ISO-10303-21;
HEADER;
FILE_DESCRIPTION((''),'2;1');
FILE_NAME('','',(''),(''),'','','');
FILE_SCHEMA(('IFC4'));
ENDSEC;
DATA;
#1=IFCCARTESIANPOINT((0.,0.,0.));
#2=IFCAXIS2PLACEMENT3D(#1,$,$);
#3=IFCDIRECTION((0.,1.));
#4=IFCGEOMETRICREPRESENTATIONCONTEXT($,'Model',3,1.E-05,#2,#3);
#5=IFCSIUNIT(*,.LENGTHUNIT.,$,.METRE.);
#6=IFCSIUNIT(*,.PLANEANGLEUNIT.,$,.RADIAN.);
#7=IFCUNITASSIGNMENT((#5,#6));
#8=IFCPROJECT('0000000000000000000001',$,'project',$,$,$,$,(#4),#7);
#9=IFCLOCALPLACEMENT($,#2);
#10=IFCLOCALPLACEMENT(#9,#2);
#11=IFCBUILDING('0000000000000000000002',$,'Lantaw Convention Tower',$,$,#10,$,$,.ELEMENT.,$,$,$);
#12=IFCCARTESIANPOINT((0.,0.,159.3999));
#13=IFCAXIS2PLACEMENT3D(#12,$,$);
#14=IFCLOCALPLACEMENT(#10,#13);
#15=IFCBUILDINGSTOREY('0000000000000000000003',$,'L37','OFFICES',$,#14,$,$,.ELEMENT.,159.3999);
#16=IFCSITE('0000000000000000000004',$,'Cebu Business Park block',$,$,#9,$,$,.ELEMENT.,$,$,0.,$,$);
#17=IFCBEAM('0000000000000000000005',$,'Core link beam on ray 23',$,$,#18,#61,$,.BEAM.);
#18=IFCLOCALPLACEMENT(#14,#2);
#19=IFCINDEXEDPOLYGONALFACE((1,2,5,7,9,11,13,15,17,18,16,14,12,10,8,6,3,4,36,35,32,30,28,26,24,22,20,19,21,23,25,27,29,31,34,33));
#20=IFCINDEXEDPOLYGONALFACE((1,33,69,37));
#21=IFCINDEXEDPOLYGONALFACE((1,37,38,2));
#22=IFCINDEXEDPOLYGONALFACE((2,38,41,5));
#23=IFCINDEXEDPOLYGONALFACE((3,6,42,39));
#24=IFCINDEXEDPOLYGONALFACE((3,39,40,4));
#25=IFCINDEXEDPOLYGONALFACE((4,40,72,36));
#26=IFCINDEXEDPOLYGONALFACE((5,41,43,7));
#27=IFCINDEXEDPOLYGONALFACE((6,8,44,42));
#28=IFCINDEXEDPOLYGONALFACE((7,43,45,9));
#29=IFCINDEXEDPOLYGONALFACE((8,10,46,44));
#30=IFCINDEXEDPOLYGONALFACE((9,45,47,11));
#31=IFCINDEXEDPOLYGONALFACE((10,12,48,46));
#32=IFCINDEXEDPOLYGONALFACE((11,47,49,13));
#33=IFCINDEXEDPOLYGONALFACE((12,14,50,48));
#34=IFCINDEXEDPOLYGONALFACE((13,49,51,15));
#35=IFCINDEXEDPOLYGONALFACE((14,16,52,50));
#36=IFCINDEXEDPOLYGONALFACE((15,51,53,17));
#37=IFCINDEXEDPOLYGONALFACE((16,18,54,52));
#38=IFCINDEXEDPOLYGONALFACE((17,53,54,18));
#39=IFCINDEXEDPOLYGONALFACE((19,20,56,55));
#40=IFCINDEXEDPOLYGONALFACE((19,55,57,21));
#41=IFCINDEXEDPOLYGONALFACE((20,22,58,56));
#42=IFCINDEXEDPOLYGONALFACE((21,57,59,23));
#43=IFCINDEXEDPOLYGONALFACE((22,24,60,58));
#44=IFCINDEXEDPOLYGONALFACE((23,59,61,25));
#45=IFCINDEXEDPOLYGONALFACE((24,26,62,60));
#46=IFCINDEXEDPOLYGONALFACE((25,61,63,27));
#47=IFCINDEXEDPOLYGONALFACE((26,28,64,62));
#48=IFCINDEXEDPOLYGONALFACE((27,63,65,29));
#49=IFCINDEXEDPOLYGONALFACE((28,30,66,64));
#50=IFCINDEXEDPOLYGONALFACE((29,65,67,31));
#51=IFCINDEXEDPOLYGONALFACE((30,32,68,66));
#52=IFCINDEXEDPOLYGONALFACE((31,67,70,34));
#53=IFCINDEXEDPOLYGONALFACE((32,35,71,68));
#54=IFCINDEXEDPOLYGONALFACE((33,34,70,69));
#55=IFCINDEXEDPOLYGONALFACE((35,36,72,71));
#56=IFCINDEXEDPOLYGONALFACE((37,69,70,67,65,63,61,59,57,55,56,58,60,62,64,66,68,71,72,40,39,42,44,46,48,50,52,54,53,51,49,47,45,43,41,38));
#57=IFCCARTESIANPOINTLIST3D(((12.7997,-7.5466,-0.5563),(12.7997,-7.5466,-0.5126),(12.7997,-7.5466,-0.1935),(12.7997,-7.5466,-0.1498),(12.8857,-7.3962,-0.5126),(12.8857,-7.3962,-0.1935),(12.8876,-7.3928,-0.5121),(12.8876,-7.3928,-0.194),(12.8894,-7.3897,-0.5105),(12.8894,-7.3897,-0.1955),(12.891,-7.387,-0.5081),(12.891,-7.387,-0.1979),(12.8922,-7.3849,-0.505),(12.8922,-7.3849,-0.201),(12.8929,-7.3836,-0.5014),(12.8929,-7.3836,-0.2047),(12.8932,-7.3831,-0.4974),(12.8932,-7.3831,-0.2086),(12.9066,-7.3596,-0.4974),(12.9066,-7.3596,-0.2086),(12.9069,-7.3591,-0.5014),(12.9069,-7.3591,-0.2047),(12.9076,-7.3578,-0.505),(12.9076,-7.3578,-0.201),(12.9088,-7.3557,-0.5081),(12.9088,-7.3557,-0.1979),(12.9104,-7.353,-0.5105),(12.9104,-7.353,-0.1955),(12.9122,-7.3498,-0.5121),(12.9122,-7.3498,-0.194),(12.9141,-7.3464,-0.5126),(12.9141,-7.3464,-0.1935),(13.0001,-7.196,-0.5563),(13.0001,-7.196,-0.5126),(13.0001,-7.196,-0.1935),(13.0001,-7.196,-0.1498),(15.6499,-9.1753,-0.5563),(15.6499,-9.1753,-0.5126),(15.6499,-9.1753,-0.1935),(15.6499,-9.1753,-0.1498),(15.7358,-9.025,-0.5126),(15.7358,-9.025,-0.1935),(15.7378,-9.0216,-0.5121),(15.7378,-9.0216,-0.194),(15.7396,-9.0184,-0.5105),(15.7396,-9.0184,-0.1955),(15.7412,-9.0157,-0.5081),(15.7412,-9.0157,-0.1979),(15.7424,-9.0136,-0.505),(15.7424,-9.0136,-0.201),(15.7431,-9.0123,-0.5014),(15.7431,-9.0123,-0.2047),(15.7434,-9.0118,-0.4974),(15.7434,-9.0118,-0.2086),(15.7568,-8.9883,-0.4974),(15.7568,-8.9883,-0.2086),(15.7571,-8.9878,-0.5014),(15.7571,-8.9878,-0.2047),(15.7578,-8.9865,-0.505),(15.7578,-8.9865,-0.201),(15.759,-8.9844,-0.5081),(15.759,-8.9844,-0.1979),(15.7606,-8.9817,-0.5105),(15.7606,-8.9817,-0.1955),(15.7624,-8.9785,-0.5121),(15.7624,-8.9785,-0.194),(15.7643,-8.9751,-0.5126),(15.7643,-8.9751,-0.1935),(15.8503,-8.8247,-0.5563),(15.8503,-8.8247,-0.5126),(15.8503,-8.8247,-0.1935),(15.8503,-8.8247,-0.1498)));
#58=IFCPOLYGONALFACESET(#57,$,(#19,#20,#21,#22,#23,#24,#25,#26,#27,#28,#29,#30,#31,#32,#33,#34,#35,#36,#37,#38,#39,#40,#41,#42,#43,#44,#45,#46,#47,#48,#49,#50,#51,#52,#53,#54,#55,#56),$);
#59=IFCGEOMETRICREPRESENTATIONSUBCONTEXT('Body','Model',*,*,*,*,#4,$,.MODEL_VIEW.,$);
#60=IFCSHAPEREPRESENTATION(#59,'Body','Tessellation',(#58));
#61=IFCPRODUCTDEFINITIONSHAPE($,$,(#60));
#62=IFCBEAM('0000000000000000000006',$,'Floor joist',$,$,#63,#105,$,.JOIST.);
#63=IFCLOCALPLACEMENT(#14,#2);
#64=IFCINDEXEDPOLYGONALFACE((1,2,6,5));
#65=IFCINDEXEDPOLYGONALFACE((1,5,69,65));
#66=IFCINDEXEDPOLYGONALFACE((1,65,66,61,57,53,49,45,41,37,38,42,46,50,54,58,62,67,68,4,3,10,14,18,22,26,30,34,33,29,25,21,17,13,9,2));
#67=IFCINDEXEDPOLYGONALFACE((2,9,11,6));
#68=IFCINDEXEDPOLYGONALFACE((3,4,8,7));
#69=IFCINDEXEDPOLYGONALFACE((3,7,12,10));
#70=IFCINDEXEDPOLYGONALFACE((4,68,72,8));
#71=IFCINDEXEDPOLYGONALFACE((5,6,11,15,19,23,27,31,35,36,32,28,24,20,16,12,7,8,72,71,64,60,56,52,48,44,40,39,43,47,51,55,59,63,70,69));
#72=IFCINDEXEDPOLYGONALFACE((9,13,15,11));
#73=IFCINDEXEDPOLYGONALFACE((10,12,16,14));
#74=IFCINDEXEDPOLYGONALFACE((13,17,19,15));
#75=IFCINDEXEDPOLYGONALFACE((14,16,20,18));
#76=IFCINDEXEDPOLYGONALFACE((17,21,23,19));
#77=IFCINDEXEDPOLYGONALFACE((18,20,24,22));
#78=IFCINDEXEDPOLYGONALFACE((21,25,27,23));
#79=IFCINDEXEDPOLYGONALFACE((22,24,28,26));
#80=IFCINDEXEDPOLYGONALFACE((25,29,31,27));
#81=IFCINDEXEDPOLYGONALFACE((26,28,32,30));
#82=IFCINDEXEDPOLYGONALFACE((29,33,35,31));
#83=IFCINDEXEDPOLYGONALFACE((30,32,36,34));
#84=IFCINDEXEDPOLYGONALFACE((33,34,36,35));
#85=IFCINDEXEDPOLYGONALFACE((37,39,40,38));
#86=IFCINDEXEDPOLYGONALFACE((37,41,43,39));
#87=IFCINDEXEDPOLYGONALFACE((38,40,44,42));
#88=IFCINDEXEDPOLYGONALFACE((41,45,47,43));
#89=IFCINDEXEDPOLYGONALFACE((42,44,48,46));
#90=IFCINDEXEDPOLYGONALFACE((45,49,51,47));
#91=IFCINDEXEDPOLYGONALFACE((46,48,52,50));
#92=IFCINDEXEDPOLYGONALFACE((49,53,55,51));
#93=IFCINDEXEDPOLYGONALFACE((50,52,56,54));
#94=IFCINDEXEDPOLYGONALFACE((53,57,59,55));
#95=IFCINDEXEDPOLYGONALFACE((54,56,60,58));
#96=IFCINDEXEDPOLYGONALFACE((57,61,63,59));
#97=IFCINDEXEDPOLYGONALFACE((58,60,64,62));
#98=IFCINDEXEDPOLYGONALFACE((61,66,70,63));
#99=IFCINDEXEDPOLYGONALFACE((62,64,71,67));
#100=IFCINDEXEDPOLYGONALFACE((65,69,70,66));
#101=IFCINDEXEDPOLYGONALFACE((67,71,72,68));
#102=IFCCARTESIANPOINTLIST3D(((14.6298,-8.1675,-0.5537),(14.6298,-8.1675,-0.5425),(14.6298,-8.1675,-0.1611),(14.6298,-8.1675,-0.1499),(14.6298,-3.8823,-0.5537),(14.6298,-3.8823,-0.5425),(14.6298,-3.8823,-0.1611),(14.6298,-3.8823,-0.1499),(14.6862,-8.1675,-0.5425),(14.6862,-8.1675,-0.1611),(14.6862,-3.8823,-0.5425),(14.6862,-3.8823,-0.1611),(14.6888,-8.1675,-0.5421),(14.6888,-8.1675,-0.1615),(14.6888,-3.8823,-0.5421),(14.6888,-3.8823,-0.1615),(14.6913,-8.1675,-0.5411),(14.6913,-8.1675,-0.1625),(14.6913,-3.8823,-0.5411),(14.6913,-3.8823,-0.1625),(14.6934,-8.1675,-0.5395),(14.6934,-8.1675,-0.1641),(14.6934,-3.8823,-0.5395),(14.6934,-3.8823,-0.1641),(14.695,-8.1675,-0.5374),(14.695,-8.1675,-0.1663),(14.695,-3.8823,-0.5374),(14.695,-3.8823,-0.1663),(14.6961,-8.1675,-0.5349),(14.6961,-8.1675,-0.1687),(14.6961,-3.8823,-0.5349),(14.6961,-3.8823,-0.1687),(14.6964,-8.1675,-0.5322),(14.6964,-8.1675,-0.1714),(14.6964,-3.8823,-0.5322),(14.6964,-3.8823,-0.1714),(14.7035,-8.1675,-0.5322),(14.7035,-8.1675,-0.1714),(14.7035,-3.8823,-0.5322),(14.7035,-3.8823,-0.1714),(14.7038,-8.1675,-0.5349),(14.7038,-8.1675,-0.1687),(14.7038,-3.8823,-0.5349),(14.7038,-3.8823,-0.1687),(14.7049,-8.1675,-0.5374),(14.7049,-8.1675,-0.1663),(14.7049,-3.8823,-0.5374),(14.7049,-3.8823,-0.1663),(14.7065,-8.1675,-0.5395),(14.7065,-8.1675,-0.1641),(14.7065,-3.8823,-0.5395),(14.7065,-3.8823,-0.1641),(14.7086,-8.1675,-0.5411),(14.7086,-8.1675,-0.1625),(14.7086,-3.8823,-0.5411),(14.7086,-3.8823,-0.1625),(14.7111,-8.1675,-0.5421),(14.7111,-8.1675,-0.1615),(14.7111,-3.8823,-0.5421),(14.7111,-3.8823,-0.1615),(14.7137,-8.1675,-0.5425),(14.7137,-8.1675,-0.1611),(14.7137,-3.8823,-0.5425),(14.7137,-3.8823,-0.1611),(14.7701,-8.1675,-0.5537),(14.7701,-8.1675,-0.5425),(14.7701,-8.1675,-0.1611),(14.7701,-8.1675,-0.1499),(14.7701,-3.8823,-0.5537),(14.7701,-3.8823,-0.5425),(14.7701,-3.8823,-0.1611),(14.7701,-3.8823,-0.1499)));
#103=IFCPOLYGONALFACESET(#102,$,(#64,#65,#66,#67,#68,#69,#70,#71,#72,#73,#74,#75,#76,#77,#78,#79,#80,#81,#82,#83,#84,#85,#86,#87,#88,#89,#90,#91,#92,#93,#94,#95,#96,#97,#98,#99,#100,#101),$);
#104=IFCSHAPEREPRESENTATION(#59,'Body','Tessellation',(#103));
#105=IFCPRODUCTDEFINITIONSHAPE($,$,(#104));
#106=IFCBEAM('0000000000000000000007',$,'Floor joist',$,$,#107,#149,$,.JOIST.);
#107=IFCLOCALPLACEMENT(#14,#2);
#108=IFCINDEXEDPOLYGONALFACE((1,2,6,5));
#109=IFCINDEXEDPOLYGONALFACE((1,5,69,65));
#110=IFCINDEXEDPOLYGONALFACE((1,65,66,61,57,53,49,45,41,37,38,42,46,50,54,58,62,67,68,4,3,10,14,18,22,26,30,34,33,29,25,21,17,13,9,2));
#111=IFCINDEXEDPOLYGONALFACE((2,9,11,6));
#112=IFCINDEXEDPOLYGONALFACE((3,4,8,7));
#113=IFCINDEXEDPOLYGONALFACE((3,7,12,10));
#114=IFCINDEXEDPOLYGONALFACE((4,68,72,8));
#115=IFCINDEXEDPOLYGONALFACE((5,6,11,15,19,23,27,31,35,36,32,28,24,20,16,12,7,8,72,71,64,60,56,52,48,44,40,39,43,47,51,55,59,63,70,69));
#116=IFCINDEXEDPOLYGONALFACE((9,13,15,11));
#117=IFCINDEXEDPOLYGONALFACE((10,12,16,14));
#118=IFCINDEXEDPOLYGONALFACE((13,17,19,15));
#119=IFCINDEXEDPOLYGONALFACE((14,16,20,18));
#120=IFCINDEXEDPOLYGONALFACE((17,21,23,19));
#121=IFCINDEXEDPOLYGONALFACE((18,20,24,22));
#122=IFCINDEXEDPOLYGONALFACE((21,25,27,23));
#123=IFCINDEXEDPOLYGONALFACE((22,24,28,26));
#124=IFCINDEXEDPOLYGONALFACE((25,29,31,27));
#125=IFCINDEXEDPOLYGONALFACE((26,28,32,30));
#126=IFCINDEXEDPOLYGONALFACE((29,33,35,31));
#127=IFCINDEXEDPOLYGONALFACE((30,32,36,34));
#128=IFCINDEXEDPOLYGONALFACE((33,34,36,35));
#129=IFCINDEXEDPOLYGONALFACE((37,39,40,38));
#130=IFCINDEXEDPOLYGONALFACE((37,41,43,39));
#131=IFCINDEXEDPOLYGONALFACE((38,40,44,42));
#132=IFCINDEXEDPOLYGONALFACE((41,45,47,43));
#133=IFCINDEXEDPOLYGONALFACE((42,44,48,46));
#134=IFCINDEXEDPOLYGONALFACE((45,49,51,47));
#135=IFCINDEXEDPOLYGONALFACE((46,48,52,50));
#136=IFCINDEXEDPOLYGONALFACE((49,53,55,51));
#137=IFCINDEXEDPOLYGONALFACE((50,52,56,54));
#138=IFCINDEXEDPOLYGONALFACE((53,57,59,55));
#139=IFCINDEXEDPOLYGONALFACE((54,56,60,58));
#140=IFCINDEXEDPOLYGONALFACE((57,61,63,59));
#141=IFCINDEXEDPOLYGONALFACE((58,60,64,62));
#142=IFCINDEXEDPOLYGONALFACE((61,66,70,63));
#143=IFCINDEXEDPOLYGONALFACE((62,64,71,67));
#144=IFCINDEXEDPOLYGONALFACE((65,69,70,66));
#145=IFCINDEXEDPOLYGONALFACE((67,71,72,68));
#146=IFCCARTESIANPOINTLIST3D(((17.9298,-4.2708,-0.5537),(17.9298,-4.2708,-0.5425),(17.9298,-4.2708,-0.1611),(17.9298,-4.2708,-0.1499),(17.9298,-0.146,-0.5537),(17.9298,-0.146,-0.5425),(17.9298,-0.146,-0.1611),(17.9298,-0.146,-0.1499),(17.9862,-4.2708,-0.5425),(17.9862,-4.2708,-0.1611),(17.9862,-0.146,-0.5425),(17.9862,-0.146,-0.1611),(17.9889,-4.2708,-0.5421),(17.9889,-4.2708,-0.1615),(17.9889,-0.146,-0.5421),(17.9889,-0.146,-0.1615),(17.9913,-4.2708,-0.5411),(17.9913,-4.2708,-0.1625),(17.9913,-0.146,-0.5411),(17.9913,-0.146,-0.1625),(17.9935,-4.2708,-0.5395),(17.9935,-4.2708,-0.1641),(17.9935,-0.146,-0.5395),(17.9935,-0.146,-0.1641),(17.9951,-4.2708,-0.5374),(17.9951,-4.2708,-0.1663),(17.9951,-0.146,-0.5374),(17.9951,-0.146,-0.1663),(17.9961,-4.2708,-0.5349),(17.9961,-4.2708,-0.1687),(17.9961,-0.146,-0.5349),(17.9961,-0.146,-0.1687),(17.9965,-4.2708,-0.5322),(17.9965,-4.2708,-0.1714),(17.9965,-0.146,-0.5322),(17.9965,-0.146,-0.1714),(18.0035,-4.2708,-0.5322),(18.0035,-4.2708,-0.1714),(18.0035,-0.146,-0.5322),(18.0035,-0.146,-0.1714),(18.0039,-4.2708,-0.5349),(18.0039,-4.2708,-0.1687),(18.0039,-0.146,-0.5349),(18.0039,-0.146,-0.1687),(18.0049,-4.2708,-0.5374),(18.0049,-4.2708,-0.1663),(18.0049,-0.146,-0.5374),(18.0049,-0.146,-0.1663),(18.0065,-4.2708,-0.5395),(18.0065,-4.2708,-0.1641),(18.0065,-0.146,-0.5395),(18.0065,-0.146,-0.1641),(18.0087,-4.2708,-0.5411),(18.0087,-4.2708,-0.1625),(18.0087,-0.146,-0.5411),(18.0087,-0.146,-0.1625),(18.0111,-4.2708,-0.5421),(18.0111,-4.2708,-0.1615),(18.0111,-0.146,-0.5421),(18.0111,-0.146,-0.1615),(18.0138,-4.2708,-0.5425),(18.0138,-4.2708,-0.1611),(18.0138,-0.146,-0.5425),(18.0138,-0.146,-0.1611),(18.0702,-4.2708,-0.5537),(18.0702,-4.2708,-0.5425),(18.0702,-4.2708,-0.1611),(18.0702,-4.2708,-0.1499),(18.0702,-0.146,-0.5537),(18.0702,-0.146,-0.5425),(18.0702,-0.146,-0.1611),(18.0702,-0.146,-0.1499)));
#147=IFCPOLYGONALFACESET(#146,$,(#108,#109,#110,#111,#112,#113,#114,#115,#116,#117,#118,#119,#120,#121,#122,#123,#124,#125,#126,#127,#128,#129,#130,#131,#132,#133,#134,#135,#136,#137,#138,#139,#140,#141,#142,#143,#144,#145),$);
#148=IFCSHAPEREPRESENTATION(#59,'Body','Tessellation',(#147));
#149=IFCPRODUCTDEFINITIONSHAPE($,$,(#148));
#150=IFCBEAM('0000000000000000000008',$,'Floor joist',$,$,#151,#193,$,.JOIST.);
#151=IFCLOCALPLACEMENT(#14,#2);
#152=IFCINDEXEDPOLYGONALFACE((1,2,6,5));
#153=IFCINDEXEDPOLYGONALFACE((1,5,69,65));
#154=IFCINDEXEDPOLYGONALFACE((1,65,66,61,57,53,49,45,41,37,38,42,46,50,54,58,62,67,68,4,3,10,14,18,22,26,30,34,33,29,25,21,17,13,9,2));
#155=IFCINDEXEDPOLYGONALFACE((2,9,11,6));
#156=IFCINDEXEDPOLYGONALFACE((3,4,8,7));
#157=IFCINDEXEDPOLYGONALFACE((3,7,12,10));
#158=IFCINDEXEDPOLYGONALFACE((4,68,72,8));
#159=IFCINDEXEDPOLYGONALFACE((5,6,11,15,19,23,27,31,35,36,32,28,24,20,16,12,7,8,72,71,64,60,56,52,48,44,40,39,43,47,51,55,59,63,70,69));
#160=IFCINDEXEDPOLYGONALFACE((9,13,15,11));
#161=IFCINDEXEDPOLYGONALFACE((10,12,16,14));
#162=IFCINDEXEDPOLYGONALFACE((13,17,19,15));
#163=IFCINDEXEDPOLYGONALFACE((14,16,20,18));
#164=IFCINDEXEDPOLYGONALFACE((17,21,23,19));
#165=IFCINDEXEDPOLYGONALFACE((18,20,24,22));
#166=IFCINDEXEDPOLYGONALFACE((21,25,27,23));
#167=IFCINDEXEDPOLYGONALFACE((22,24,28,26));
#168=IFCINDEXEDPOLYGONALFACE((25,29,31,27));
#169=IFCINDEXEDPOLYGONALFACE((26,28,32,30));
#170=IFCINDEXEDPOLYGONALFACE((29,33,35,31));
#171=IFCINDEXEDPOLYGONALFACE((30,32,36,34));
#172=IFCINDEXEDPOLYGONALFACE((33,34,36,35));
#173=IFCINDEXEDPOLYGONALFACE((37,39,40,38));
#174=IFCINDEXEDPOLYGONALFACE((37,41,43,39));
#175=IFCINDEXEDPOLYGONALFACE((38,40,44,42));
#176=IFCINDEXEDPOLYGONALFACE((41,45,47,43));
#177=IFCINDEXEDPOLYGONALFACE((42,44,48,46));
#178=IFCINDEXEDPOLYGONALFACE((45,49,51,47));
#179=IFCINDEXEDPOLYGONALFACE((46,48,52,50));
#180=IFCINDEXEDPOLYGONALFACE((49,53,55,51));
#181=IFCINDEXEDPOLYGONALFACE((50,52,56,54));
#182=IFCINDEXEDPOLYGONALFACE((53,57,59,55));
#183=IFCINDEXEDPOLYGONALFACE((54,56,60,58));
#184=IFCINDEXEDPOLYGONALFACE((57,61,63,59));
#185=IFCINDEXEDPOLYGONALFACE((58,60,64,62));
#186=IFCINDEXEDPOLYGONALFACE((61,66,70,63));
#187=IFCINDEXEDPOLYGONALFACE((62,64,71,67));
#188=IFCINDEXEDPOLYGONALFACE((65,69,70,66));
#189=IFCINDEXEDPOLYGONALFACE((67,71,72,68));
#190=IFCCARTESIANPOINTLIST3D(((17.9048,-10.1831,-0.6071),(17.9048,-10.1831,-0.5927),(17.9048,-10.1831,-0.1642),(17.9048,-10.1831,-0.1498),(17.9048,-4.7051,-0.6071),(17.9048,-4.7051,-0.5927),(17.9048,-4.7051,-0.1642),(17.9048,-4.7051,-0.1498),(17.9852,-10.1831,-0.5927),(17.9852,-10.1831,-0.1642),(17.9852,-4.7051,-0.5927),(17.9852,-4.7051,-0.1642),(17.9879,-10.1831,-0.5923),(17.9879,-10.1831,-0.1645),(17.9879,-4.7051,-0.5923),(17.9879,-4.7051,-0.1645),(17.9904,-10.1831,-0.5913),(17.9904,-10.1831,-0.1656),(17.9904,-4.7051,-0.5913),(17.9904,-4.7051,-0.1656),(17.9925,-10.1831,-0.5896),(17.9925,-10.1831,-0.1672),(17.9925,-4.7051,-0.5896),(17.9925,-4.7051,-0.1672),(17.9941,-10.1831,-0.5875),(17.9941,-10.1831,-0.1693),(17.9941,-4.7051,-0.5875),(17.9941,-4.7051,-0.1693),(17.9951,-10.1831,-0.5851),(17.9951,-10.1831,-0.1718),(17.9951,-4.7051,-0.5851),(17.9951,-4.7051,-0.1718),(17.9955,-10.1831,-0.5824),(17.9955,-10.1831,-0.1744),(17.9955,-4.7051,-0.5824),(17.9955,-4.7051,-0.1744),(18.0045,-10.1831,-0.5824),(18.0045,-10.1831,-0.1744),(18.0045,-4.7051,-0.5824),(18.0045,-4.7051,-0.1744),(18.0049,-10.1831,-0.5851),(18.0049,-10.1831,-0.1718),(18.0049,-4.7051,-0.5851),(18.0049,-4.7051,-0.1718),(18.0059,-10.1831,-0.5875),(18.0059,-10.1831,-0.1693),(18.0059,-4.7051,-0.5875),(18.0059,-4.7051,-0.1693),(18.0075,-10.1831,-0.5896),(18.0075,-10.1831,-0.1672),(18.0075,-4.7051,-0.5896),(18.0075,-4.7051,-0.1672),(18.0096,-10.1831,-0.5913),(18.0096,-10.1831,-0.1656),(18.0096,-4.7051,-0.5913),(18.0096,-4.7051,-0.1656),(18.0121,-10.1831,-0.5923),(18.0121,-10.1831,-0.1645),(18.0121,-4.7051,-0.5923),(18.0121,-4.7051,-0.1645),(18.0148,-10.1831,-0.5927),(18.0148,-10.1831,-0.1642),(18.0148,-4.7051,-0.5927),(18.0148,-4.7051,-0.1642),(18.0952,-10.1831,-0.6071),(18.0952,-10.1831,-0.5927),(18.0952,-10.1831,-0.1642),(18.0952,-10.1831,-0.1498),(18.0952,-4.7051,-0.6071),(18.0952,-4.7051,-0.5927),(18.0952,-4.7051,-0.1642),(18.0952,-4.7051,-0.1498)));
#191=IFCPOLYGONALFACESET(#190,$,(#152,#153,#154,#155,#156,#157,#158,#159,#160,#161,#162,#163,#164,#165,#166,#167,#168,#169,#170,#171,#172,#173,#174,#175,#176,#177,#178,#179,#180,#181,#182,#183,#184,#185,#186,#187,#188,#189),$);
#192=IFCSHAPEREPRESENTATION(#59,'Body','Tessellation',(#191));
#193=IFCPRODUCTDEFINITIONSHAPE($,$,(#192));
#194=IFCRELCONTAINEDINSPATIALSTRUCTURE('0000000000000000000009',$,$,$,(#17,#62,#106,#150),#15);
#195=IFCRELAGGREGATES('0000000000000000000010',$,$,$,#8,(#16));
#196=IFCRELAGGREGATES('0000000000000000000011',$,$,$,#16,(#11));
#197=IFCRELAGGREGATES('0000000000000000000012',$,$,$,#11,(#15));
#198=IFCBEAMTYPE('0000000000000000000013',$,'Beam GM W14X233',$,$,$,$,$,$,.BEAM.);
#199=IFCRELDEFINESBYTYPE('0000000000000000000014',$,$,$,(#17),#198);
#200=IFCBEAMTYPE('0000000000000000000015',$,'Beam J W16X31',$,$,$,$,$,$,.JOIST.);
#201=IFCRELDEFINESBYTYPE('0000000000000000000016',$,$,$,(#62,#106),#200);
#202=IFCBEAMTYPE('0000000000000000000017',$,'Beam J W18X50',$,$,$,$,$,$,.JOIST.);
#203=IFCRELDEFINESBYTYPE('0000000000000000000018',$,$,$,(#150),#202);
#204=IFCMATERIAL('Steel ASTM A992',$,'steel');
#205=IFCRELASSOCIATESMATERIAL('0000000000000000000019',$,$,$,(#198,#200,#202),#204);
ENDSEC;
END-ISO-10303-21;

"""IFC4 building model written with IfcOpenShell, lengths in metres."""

from ifc_helpers import new_model, si_unit, direction, frame, origin, origin_2d, place, context, subcontext, project, spatial, i_section, extrude, material, material_profile, profile_set, type_object, element, save


model = new_model("IFC4")

# Units and contexts
model_context = context("Model", 3, precision=1e-05, world=origin(), true_north=direction((0.0, 1.0)))
body_context = subcontext(model_context, "Body", "Model", "MODEL_VIEW")
ifc_project = project(units=[si_unit("LENGTHUNIT", "METRE"), si_unit("PLANEANGLEUNIT", "RADIAN")], contexts=[model_context])

# Site, building, storey
site_placement = place(None, origin())
site = spatial("IfcSite", under=ifc_project, at=site_placement, Name="Cebu Business Park block", CompositionType="ELEMENT", RefElevation=0.0)
building_placement = place(site_placement, origin())
building = spatial("IfcBuilding", under=site, at=building_placement, Name="Lantaw Convention Tower", CompositionType="ELEMENT")
storey_placement = place(building_placement, frame((0.0, 0.0, 159.3999)))
storey = spatial("IfcBuildingStorey", under=building, at=storey_placement, Name="L37", Description="OFFICES", CompositionType="ELEMENT", Elevation=159.3999)

# Beams
ifc_material_1 = material(Name="Steel ASTM A992", Category="steel")
ifc_material_profile_1 = material_profile(ifc_material_1, i_section(OverallWidth=0.4038, OverallDepth=0.4065, WebThickness=0.0271, FlangeThickness=0.0437, FilletRadius=0.0151, at=origin_2d()), Name="W14X233")
ifc_profile_set_1 = profile_set([ifc_material_profile_1], Name="Steel ASTM A992")
beam_type_1 = type_object("IfcBeamType", Name="Beam GM W14X233", PredefinedType="BEAM", material=ifc_profile_set_1)
beam_1_placement = place(storey_placement, frame((12.8999, -7.3713, -0.353), z_axis=(0.868239, -0.496147, 0.0), x_axis=(0.496147, 0.868239, 0.0)))
element("IfcBeam", 1, at=beam_1_placement, inside=storey, type_object=beam_type_1, Name="Core link beam on ray 23", PredefinedType="BEAM", context=body_context, shape_type="SweptSolid", body=[
    extrude(i_section(OverallWidth=0.4038, OverallDepth=0.4065, WebThickness=0.0271, FlangeThickness=0.0437, FilletRadius=0.0151, at=origin_2d()), origin(), (0.0, 0.0, 1.0), 3.2827),
])
ifc_material_profile_2 = material_profile(ifc_material_1, i_section(OverallWidth=0.1404, OverallDepth=0.4038, WebThickness=0.0071, FlangeThickness=0.0112, FilletRadius=0.0103, at=origin_2d()), Name="W16X31")
ifc_profile_set_2 = profile_set([ifc_material_profile_2], Name="Steel ASTM A992")
beam_type_2 = type_object("IfcBeamType", Name="Beam J W16X31", PredefinedType="JOIST", material=ifc_profile_set_2)
beam_2_placement = place(storey_placement, frame((14.7, -8.1675, -0.3518), z_axis=(0.0, 1.0, 0.0), x_axis=(-1.0, 0.0, 0.0)))
element("IfcBeam", 2, at=beam_2_placement, inside=storey, type_object=beam_type_2, Name="Floor joist", PredefinedType="JOIST", context=body_context, shape_type="SweptSolid", body=[
    extrude(i_section(OverallWidth=0.1404, OverallDepth=0.4038, WebThickness=0.0071, FlangeThickness=0.0112, FilletRadius=0.0103, at=origin_2d()), origin(), (0.0, 0.0, 1.0), 4.2852),
])
beam_3_placement = place(storey_placement, frame((18.0, -4.2708, -0.3518), z_axis=(0.0, 1.0, 0.0), x_axis=(-1.0, 0.0, 0.0)))
element("IfcBeam", 3, at=beam_3_placement, inside=storey, type_object=beam_type_2, Name="Floor joist", PredefinedType="JOIST", context=body_context, shape_type="SweptSolid", body=[
    extrude(i_section(OverallWidth=0.1404, OverallDepth=0.4038, WebThickness=0.0071, FlangeThickness=0.0112, FilletRadius=0.0103, at=origin_2d()), origin(), (0.0, 0.0, 1.0), 4.1248),
])
ifc_material_profile_3 = material_profile(ifc_material_1, i_section(OverallWidth=0.1904, OverallDepth=0.4573, WebThickness=0.009, FlangeThickness=0.0144, FilletRadius=0.0103, at=origin_2d()), Name="W18X50")
ifc_profile_set_3 = profile_set([ifc_material_profile_3], Name="Steel ASTM A992")
beam_type_3 = type_object("IfcBeamType", Name="Beam J W18X50", PredefinedType="JOIST", material=ifc_profile_set_3)
beam_4_placement = place(storey_placement, frame((18.0, -10.1831, -0.3784), z_axis=(0.0, 1.0, 0.0), x_axis=(-1.0, 0.0, 0.0)))
element("IfcBeam", 4, at=beam_4_placement, inside=storey, type_object=beam_type_3, Name="Floor joist", PredefinedType="JOIST", context=body_context, shape_type="SweptSolid", body=[
    extrude(i_section(OverallWidth=0.1904, OverallDepth=0.4573, WebThickness=0.009, FlangeThickness=0.0144, FilletRadius=0.0103, at=origin_2d()), origin(), (0.0, 0.0, 1.0), 5.478),
])

save(model, "model.ifc")
